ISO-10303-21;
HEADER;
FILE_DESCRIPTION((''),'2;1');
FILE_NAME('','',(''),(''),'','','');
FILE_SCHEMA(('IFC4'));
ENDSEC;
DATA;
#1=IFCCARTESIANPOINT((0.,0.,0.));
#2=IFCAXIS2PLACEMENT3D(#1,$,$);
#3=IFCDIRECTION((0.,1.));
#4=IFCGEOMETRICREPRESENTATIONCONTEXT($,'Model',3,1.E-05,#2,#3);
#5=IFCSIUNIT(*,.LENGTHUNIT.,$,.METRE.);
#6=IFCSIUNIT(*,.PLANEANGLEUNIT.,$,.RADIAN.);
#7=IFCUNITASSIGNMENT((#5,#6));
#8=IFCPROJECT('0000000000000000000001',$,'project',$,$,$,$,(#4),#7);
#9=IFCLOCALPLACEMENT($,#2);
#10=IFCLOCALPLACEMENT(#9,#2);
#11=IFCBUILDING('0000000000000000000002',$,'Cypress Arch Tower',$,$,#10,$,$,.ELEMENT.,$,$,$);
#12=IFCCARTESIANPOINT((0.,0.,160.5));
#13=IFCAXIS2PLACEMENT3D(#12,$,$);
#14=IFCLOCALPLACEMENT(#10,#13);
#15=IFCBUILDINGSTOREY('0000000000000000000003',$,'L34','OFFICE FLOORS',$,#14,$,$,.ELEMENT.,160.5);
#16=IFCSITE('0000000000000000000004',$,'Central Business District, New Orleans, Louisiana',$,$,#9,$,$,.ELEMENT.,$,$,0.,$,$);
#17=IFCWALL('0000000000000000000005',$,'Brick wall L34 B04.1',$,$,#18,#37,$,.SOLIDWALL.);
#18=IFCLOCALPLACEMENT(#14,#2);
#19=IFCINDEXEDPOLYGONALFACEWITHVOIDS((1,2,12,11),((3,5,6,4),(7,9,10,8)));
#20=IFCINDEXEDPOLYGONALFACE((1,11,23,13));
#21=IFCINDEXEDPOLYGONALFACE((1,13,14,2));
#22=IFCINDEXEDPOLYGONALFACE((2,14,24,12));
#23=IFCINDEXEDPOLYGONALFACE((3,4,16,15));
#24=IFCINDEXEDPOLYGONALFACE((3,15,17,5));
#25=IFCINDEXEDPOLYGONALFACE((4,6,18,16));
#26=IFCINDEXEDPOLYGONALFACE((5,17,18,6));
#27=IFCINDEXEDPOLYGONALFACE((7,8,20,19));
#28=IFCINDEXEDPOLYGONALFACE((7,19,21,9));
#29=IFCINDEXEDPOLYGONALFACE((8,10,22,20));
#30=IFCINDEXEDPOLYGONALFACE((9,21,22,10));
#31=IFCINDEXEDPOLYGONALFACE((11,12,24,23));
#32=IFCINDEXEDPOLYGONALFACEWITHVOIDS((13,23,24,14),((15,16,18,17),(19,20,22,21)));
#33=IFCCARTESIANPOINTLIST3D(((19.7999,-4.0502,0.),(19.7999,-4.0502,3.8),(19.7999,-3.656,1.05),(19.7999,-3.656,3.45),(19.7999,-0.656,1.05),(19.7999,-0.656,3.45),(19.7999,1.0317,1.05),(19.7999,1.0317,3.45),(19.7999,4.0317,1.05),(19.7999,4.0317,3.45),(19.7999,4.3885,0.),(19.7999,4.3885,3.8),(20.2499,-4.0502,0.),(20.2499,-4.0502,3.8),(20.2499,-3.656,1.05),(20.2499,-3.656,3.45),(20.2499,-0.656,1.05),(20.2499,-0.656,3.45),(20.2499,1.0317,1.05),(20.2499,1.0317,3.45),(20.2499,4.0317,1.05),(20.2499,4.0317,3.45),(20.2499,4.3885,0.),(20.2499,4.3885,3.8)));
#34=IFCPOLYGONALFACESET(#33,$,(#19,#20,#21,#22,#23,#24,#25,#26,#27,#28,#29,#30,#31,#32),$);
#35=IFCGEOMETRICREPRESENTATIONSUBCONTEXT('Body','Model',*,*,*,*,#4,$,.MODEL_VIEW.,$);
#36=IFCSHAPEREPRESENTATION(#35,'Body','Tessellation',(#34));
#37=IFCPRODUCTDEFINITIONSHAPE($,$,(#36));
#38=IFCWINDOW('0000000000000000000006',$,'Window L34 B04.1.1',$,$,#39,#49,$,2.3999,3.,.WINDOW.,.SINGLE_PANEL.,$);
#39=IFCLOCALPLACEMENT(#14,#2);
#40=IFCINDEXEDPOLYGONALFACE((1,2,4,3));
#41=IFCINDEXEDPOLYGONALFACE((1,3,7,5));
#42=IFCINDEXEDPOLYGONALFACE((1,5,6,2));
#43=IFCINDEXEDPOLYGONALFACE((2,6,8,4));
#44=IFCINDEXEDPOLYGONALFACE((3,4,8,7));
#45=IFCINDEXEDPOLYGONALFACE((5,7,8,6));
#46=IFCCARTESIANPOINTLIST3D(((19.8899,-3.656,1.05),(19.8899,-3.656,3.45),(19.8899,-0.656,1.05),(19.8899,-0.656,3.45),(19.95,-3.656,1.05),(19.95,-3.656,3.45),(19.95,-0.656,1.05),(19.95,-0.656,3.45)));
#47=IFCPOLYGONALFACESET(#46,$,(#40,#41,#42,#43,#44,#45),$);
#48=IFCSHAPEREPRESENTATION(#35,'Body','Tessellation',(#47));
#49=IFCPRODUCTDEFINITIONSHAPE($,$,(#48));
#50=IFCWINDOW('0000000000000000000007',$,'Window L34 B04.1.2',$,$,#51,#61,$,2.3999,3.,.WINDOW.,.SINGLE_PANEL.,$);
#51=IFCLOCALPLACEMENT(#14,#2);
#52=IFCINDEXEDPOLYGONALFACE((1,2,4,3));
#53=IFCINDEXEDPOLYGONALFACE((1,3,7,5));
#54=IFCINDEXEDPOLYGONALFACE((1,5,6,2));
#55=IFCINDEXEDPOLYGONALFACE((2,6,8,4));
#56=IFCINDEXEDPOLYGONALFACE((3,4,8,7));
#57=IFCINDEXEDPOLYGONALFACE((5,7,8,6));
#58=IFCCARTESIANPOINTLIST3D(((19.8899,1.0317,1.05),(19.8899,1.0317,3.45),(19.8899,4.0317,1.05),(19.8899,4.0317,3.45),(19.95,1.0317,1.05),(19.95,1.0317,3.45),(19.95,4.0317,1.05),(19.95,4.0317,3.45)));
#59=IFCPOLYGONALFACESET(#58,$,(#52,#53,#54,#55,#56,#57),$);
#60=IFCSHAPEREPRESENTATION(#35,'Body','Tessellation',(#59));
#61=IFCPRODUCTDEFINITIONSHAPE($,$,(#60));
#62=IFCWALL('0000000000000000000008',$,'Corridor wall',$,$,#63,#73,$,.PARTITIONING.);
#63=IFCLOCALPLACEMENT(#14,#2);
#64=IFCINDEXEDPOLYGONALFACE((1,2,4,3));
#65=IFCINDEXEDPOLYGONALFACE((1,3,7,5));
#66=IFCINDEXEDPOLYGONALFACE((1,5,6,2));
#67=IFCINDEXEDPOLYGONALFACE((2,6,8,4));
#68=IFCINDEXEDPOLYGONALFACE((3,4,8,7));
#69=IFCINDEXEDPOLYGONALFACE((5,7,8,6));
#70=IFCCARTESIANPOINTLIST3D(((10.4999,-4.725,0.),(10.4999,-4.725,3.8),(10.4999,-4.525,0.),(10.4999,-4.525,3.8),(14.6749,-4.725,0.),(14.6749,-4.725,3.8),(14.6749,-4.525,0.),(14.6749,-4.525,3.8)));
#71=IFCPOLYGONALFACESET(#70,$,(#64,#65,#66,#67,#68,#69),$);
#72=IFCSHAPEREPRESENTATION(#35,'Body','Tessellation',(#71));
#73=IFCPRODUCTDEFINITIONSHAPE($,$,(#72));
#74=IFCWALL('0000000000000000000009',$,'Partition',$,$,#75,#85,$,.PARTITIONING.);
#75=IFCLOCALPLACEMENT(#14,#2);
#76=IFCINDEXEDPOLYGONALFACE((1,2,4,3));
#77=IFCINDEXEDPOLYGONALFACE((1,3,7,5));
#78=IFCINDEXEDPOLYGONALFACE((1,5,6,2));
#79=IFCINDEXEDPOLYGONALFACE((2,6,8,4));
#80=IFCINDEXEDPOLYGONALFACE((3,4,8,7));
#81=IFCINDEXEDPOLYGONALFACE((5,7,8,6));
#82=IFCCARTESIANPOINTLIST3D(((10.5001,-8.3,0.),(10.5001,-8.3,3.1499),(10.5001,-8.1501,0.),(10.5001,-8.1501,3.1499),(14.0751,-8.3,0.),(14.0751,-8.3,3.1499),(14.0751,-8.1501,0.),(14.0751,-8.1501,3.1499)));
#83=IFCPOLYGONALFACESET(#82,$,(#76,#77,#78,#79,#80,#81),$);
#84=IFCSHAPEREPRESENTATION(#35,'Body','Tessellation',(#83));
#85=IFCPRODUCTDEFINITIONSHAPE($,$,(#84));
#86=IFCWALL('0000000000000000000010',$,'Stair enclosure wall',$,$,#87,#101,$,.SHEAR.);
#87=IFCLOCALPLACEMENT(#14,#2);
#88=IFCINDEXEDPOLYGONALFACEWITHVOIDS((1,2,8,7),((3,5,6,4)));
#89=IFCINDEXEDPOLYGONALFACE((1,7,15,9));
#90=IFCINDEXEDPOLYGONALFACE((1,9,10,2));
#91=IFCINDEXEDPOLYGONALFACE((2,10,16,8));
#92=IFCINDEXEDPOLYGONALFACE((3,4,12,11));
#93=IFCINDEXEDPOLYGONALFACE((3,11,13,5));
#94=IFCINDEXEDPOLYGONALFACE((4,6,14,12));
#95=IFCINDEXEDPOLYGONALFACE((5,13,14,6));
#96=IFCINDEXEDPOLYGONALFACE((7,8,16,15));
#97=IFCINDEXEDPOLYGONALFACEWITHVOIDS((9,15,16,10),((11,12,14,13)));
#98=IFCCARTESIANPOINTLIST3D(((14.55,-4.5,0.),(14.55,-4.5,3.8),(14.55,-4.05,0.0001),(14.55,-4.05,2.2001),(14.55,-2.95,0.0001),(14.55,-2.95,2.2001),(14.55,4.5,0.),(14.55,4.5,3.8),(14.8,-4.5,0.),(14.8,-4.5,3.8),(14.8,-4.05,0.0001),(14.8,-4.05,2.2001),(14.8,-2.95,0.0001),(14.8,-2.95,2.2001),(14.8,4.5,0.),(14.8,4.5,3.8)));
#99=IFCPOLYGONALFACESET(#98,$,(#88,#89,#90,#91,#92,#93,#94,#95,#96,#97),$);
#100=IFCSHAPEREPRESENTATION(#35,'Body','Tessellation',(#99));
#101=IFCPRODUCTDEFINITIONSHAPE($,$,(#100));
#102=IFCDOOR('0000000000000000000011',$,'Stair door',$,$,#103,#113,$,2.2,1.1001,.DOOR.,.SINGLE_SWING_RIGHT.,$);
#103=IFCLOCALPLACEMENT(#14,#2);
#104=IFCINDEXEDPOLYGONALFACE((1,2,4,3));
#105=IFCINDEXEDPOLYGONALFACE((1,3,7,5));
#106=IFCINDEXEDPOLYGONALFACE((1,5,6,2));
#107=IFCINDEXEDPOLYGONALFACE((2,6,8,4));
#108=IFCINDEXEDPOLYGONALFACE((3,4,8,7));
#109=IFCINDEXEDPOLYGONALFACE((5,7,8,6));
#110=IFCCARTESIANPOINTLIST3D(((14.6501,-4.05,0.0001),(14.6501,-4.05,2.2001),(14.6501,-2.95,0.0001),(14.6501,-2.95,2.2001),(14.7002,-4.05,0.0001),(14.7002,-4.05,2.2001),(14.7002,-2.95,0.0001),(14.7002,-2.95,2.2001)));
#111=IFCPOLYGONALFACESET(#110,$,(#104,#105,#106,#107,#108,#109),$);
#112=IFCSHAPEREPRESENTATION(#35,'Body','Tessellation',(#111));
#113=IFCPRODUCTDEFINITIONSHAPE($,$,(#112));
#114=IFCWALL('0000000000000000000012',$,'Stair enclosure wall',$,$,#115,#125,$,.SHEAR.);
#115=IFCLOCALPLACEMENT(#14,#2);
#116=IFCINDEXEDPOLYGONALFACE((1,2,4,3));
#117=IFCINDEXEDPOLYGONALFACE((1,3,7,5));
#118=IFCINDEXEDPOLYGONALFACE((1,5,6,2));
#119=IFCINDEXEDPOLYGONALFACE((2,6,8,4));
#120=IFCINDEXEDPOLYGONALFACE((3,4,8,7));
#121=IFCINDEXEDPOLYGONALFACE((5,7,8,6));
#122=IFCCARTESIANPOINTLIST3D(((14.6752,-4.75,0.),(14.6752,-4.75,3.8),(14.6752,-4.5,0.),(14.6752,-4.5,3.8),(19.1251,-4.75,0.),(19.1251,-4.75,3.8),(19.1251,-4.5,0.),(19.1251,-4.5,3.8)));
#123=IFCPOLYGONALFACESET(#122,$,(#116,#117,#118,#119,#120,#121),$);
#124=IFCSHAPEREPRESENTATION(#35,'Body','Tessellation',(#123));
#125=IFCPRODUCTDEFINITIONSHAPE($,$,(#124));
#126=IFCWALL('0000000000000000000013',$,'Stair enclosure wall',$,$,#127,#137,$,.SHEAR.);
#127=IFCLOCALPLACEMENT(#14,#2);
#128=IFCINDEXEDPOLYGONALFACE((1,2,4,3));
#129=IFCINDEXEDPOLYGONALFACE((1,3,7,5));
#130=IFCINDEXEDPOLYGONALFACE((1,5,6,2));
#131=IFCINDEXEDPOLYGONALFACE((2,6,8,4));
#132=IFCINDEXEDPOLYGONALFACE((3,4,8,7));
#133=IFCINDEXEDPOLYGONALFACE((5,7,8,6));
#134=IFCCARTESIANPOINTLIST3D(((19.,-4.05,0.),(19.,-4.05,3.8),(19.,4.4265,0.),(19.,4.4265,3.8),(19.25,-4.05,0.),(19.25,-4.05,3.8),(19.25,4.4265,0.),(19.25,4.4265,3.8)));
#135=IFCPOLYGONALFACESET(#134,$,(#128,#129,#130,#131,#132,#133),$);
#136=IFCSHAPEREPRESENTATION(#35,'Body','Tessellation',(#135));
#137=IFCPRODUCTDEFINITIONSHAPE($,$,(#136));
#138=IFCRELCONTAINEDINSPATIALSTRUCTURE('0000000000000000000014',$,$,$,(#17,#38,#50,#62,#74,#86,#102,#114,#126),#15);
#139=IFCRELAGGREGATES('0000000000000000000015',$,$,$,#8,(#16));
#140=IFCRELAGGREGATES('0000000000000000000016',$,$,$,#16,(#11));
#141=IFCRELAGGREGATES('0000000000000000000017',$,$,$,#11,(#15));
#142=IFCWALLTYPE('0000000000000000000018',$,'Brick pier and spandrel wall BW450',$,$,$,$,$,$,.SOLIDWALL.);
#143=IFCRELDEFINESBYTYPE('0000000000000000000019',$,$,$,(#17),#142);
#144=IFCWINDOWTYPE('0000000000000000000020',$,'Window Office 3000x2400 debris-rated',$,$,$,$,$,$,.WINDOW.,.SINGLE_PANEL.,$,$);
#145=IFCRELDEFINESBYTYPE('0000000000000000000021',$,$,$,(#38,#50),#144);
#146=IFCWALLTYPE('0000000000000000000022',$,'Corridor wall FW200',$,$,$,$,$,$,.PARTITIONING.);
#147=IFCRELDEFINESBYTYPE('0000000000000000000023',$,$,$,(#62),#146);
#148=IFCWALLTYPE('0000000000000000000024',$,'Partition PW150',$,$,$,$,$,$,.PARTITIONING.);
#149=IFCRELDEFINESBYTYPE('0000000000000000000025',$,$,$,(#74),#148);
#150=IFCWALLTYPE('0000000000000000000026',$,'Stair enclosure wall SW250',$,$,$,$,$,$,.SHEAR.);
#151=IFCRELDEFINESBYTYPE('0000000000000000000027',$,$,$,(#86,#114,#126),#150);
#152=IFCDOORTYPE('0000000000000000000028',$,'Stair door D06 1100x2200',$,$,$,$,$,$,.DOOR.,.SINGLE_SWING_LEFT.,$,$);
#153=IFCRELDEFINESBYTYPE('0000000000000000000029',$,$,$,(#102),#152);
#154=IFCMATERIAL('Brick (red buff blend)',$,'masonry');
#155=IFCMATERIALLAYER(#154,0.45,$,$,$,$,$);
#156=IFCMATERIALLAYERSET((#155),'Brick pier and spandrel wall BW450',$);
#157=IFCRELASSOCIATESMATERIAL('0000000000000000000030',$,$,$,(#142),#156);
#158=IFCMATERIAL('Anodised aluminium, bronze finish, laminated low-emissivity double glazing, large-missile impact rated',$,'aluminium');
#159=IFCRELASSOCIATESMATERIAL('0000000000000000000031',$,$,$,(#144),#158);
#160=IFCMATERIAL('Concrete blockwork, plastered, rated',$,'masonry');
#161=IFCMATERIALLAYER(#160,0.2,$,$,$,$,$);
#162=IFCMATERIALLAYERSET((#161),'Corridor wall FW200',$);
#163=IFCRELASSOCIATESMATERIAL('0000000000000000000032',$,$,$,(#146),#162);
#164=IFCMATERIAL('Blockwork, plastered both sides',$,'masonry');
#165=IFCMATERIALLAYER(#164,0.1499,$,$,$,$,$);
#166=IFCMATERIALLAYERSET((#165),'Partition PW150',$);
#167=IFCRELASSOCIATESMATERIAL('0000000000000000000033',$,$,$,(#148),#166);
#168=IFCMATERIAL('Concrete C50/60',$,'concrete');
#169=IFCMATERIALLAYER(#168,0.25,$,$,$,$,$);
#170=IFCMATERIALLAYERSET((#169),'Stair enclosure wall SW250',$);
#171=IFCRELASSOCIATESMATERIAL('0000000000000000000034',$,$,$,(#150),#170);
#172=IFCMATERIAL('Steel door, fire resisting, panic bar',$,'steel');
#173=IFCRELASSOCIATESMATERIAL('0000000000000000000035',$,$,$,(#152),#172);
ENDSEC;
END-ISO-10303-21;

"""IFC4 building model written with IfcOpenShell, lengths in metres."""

from ifc_helpers import new_model, si_unit, direction, frame, frame_2d, origin, place, context, subcontext, project, spatial, rectangle, extrude, material, layer, layer_set, type_object, element, fill, save


model = new_model("IFC4")

# Units and contexts
model_context = context("Model", 3, precision=1e-05, world=origin(), true_north=direction((0.0, 1.0)))
body_context = subcontext(model_context, "Body", "Model", "MODEL_VIEW")
ifc_project = project(units=[si_unit("LENGTHUNIT", "METRE"), si_unit("PLANEANGLEUNIT", "RADIAN")], contexts=[model_context])

# Site, building, storey
site_placement = place(None, origin())
site = spatial("IfcSite", under=ifc_project, at=site_placement, Name="Central Business District, New Orleans, Louisiana", CompositionType="ELEMENT", RefElevation=0.0)
building_placement = place(site_placement, origin())
building = spatial("IfcBuilding", under=site, at=building_placement, Name="Cypress Arch Tower", CompositionType="ELEMENT")
storey_placement = place(building_placement, frame((0.0, 0.0, 160.5)))
storey = spatial("IfcBuildingStorey", under=building, at=storey_placement, Name="L34", Description="OFFICE FLOORS", CompositionType="ELEMENT", Elevation=160.5)

# Wall, openings, windows
ifc_material_1 = material(Name="Brick (red buff blend)", Category="masonry")
ifc_layer_1 = layer(ifc_material_1, 0.45)
ifc_layer_set_1 = layer_set([ifc_layer_1], Name="Brick pier and spandrel wall BW450")
wall_type_1 = type_object("IfcWallType", Name="Brick pier and spandrel wall BW450", PredefinedType="SOLIDWALL", material=ifc_layer_set_1)
wall_1_placement = place(storey_placement, frame((20.0249, -4.05, 0.0), z_axis=(0.0, 0.0, 1.0), x_axis=(0.0, 1.0, 0.0)))
wall_1 = element("IfcWall", 1, at=wall_1_placement, inside=storey, type_object=wall_type_1, Name="Brick wall L34 B04.1", PredefinedType="SOLIDWALL", context=body_context, shape_type="SweptSolid", body=[
    extrude(rectangle(XDim=8.4387, YDim=0.45, at=frame_2d((4.2192, 0.0))), origin(), (0.0, 0.0, 1.0), 3.8),
])
opening_1_placement = place(wall_1_placement, frame((0.394, 0.0, 1.05)))
opening_1 = element("IfcOpeningElement", 2, at=opening_1_placement, cuts=wall_1, PredefinedType="OPENING", context=body_context, shape_type="SweptSolid", body=[
    extrude(rectangle(XDim=3.0, YDim=2.3999, at=frame_2d((1.5, 1.2))), frame((0.0, 0.2349, 0.0), z_axis=(0.0, -1.0, 0.0), x_axis=(1.0, 0.0, 0.0)), (0.0, 0.0, 1.0), 0.47),
])
opening_2_placement = place(wall_1_placement, frame((5.0818, 0.0, 1.05)))
opening_2 = element("IfcOpeningElement", 3, at=opening_2_placement, cuts=wall_1, PredefinedType="OPENING", context=body_context, shape_type="SweptSolid", body=[
    extrude(rectangle(XDim=3.0, YDim=2.3999, at=frame_2d((1.5, 1.2))), frame((0.0, 0.2349, 0.0), z_axis=(0.0, -1.0, 0.0), x_axis=(1.0, 0.0, 0.0)), (0.0, 0.0, 1.0), 0.47),
])
ifc_material_2 = material(Name="Anodised aluminium, bronze finish, laminated low-emissivity double glazing, large-missile impact rated", Category="aluminium")
window_type = type_object("IfcWindowType", Name="Window Office 3000x2400 debris-rated", PartitioningType="SINGLE_PANEL", PredefinedType="WINDOW", material=ifc_material_2)
window_1_placement = place(opening_1_placement, origin())
window_1 = element("IfcWindow", 4, at=window_1_placement, inside=storey, type_object=window_type, Name="Window L34 B04.1.1", OverallHeight=2.3999, OverallWidth=3.0, PartitioningType="SINGLE_PANEL", PredefinedType="WINDOW", context=body_context, shape_type="SweptSolid", body=[
    extrude(rectangle(XDim=3.0, YDim=2.3999, at=frame_2d((1.5, 1.2))), frame((0.0, 0.135, 0.0), z_axis=(0.0, -1.0, 0.0), x_axis=(1.0, 0.0, 0.0)), (0.0, 0.0, 1.0), 0.0601),
])
fill(opening_1, window_1)
window_2_placement = place(opening_2_placement, origin())
window_2 = element("IfcWindow", 5, at=window_2_placement, inside=storey, type_object=window_type, Name="Window L34 B04.1.2", OverallHeight=2.3999, OverallWidth=3.0, PartitioningType="SINGLE_PANEL", PredefinedType="WINDOW", context=body_context, shape_type="SweptSolid", body=[
    extrude(rectangle(XDim=3.0, YDim=2.3999, at=frame_2d((1.5, 1.2))), frame((0.0, 0.135, 0.0), z_axis=(0.0, -1.0, 0.0), x_axis=(1.0, 0.0, 0.0)), (0.0, 0.0, 1.0), 0.0601),
])
fill(opening_2, window_2)

# Walls
ifc_material_3 = material(Name="Concrete blockwork, plastered, rated", Category="masonry")
ifc_layer_2 = layer(ifc_material_3, 0.2)
ifc_layer_set_2 = layer_set([ifc_layer_2], Name="Corridor wall FW200")
wall_type_2 = type_object("IfcWallType", Name="Corridor wall FW200", PredefinedType="PARTITIONING", material=ifc_layer_set_2)
wall_2_placement = place(storey_placement, frame((10.5, -4.625, 0.0), z_axis=(0.0, 0.0, 1.0), x_axis=(1.0, 0.0, 0.0)))
element("IfcWall", 6, at=wall_2_placement, inside=storey, type_object=wall_type_2, Name="Corridor wall", PredefinedType="PARTITIONING", context=body_context, shape_type="SweptSolid", body=[
    extrude(rectangle(XDim=4.175, YDim=0.2, at=frame_2d((2.0874, 0.0))), origin(), (0.0, 0.0, 1.0), 3.8),
])
ifc_material_4 = material(Name="Blockwork, plastered both sides", Category="masonry")
ifc_layer_3 = layer(ifc_material_4, 0.1499)
ifc_layer_set_3 = layer_set([ifc_layer_3], Name="Partition PW150")
wall_type_3 = type_object("IfcWallType", Name="Partition PW150", PredefinedType="PARTITIONING", material=ifc_layer_set_3)
wall_3_placement = place(storey_placement, frame((10.5, -8.2251, 0.0), z_axis=(0.0, 0.0, 1.0), x_axis=(1.0, 0.0, 0.0)))
element("IfcWall", 7, at=wall_3_placement, inside=storey, type_object=wall_type_3, Name="Partition", PredefinedType="PARTITIONING", context=body_context, shape_type="SweptSolid", body=[
    extrude(rectangle(XDim=3.575, YDim=0.1499, at=frame_2d((1.7876, 0.0))), origin(), (0.0, 0.0, 1.0), 3.1499),
])

# Wall, opening, door
ifc_material_5 = material(Name="Concrete C50/60", Category="concrete")
ifc_layer_4 = layer(ifc_material_5, 0.25)
ifc_layer_set_4 = layer_set([ifc_layer_4], Name="Stair enclosure wall SW250")
wall_type_4 = type_object("IfcWallType", Name="Stair enclosure wall SW250", PredefinedType="SHEAR", material=ifc_layer_set_4)
wall_4_placement = place(storey_placement, frame((14.675, -4.5, 0.0), z_axis=(0.0, 0.0, 1.0), x_axis=(0.0, 1.0, 0.0)))
wall_4 = element("IfcWall", 8, at=wall_4_placement, inside=storey, type_object=wall_type_4, Name="Stair enclosure wall", PredefinedType="SHEAR", context=body_context, shape_type="SweptSolid", body=[
    extrude(rectangle(XDim=9.0, YDim=0.25, at=frame_2d((4.5, 0.0))), origin(), (0.0, 0.0, 1.0), 3.8),
])
opening_3_placement = place(wall_4_placement, frame((0.45, 0.0, 0.0)))
opening_3 = element("IfcOpeningElement", 9, at=opening_3_placement, cuts=wall_4, PredefinedType="OPENING", context=body_context, shape_type="SweptSolid", body=[
    extrude(rectangle(XDim=1.1001, YDim=2.2, at=frame_2d((0.55, 1.1001))), frame((0.0, 0.135, 0.0), z_axis=(0.0, -1.0, 0.0), x_axis=(1.0, 0.0, 0.0)), (0.0, 0.0, 1.0), 0.27),
])
ifc_material_6 = material(Name="Steel door, fire resisting, panic bar", Category="steel")
door_type = type_object("IfcDoorType", Name="Stair door D06 1100x2200", OperationType="SINGLE_SWING_LEFT", PredefinedType="DOOR", material=ifc_material_6)
door_placement = place(opening_3_placement, origin())
door = element("IfcDoor", 10, at=door_placement, inside=storey, type_object=door_type, Name="Stair door", OperationType="SINGLE_SWING_RIGHT", OverallHeight=2.2, OverallWidth=1.1001, PredefinedType="DOOR", context=body_context, shape_type="SweptSolid", body=[
    extrude(rectangle(XDim=1.1001, YDim=2.2, at=frame_2d((0.55, 1.1001))), frame((0.0, 0.0249, 0.0), z_axis=(0.0, -1.0, 0.0), x_axis=(1.0, 0.0, 0.0)), (0.0, 0.0, 1.0), 0.05),
])
fill(opening_3, door)

# Walls
wall_5_placement = place(storey_placement, frame((14.675, -4.625, 0.0), z_axis=(0.0, 0.0, 1.0), x_axis=(1.0, 0.0, 0.0)))
element("IfcWall", 11, at=wall_5_placement, inside=storey, type_object=wall_type_4, Name="Stair enclosure wall", PredefinedType="SHEAR", context=body_context, shape_type="SweptSolid", body=[
    extrude(rectangle(XDim=4.45, YDim=0.25, at=frame_2d((2.2251, 0.0))), origin(), (0.0, 0.0, 1.0), 3.8),
])
wall_6_placement = place(storey_placement, frame((19.125, -4.05, 0.0), z_axis=(0.0, 0.0, 1.0), x_axis=(0.0, 1.0, 0.0)))
element("IfcWall", 12, at=wall_6_placement, inside=storey, type_object=wall_type_4, Name="Stair enclosure wall", PredefinedType="SHEAR", context=body_context, shape_type="SweptSolid", body=[
    extrude(rectangle(XDim=8.4766, YDim=0.25, at=frame_2d((4.2383, 0.0))), origin(), (0.0, 0.0, 1.0), 3.8),
])

save(model, "model.ifc")
